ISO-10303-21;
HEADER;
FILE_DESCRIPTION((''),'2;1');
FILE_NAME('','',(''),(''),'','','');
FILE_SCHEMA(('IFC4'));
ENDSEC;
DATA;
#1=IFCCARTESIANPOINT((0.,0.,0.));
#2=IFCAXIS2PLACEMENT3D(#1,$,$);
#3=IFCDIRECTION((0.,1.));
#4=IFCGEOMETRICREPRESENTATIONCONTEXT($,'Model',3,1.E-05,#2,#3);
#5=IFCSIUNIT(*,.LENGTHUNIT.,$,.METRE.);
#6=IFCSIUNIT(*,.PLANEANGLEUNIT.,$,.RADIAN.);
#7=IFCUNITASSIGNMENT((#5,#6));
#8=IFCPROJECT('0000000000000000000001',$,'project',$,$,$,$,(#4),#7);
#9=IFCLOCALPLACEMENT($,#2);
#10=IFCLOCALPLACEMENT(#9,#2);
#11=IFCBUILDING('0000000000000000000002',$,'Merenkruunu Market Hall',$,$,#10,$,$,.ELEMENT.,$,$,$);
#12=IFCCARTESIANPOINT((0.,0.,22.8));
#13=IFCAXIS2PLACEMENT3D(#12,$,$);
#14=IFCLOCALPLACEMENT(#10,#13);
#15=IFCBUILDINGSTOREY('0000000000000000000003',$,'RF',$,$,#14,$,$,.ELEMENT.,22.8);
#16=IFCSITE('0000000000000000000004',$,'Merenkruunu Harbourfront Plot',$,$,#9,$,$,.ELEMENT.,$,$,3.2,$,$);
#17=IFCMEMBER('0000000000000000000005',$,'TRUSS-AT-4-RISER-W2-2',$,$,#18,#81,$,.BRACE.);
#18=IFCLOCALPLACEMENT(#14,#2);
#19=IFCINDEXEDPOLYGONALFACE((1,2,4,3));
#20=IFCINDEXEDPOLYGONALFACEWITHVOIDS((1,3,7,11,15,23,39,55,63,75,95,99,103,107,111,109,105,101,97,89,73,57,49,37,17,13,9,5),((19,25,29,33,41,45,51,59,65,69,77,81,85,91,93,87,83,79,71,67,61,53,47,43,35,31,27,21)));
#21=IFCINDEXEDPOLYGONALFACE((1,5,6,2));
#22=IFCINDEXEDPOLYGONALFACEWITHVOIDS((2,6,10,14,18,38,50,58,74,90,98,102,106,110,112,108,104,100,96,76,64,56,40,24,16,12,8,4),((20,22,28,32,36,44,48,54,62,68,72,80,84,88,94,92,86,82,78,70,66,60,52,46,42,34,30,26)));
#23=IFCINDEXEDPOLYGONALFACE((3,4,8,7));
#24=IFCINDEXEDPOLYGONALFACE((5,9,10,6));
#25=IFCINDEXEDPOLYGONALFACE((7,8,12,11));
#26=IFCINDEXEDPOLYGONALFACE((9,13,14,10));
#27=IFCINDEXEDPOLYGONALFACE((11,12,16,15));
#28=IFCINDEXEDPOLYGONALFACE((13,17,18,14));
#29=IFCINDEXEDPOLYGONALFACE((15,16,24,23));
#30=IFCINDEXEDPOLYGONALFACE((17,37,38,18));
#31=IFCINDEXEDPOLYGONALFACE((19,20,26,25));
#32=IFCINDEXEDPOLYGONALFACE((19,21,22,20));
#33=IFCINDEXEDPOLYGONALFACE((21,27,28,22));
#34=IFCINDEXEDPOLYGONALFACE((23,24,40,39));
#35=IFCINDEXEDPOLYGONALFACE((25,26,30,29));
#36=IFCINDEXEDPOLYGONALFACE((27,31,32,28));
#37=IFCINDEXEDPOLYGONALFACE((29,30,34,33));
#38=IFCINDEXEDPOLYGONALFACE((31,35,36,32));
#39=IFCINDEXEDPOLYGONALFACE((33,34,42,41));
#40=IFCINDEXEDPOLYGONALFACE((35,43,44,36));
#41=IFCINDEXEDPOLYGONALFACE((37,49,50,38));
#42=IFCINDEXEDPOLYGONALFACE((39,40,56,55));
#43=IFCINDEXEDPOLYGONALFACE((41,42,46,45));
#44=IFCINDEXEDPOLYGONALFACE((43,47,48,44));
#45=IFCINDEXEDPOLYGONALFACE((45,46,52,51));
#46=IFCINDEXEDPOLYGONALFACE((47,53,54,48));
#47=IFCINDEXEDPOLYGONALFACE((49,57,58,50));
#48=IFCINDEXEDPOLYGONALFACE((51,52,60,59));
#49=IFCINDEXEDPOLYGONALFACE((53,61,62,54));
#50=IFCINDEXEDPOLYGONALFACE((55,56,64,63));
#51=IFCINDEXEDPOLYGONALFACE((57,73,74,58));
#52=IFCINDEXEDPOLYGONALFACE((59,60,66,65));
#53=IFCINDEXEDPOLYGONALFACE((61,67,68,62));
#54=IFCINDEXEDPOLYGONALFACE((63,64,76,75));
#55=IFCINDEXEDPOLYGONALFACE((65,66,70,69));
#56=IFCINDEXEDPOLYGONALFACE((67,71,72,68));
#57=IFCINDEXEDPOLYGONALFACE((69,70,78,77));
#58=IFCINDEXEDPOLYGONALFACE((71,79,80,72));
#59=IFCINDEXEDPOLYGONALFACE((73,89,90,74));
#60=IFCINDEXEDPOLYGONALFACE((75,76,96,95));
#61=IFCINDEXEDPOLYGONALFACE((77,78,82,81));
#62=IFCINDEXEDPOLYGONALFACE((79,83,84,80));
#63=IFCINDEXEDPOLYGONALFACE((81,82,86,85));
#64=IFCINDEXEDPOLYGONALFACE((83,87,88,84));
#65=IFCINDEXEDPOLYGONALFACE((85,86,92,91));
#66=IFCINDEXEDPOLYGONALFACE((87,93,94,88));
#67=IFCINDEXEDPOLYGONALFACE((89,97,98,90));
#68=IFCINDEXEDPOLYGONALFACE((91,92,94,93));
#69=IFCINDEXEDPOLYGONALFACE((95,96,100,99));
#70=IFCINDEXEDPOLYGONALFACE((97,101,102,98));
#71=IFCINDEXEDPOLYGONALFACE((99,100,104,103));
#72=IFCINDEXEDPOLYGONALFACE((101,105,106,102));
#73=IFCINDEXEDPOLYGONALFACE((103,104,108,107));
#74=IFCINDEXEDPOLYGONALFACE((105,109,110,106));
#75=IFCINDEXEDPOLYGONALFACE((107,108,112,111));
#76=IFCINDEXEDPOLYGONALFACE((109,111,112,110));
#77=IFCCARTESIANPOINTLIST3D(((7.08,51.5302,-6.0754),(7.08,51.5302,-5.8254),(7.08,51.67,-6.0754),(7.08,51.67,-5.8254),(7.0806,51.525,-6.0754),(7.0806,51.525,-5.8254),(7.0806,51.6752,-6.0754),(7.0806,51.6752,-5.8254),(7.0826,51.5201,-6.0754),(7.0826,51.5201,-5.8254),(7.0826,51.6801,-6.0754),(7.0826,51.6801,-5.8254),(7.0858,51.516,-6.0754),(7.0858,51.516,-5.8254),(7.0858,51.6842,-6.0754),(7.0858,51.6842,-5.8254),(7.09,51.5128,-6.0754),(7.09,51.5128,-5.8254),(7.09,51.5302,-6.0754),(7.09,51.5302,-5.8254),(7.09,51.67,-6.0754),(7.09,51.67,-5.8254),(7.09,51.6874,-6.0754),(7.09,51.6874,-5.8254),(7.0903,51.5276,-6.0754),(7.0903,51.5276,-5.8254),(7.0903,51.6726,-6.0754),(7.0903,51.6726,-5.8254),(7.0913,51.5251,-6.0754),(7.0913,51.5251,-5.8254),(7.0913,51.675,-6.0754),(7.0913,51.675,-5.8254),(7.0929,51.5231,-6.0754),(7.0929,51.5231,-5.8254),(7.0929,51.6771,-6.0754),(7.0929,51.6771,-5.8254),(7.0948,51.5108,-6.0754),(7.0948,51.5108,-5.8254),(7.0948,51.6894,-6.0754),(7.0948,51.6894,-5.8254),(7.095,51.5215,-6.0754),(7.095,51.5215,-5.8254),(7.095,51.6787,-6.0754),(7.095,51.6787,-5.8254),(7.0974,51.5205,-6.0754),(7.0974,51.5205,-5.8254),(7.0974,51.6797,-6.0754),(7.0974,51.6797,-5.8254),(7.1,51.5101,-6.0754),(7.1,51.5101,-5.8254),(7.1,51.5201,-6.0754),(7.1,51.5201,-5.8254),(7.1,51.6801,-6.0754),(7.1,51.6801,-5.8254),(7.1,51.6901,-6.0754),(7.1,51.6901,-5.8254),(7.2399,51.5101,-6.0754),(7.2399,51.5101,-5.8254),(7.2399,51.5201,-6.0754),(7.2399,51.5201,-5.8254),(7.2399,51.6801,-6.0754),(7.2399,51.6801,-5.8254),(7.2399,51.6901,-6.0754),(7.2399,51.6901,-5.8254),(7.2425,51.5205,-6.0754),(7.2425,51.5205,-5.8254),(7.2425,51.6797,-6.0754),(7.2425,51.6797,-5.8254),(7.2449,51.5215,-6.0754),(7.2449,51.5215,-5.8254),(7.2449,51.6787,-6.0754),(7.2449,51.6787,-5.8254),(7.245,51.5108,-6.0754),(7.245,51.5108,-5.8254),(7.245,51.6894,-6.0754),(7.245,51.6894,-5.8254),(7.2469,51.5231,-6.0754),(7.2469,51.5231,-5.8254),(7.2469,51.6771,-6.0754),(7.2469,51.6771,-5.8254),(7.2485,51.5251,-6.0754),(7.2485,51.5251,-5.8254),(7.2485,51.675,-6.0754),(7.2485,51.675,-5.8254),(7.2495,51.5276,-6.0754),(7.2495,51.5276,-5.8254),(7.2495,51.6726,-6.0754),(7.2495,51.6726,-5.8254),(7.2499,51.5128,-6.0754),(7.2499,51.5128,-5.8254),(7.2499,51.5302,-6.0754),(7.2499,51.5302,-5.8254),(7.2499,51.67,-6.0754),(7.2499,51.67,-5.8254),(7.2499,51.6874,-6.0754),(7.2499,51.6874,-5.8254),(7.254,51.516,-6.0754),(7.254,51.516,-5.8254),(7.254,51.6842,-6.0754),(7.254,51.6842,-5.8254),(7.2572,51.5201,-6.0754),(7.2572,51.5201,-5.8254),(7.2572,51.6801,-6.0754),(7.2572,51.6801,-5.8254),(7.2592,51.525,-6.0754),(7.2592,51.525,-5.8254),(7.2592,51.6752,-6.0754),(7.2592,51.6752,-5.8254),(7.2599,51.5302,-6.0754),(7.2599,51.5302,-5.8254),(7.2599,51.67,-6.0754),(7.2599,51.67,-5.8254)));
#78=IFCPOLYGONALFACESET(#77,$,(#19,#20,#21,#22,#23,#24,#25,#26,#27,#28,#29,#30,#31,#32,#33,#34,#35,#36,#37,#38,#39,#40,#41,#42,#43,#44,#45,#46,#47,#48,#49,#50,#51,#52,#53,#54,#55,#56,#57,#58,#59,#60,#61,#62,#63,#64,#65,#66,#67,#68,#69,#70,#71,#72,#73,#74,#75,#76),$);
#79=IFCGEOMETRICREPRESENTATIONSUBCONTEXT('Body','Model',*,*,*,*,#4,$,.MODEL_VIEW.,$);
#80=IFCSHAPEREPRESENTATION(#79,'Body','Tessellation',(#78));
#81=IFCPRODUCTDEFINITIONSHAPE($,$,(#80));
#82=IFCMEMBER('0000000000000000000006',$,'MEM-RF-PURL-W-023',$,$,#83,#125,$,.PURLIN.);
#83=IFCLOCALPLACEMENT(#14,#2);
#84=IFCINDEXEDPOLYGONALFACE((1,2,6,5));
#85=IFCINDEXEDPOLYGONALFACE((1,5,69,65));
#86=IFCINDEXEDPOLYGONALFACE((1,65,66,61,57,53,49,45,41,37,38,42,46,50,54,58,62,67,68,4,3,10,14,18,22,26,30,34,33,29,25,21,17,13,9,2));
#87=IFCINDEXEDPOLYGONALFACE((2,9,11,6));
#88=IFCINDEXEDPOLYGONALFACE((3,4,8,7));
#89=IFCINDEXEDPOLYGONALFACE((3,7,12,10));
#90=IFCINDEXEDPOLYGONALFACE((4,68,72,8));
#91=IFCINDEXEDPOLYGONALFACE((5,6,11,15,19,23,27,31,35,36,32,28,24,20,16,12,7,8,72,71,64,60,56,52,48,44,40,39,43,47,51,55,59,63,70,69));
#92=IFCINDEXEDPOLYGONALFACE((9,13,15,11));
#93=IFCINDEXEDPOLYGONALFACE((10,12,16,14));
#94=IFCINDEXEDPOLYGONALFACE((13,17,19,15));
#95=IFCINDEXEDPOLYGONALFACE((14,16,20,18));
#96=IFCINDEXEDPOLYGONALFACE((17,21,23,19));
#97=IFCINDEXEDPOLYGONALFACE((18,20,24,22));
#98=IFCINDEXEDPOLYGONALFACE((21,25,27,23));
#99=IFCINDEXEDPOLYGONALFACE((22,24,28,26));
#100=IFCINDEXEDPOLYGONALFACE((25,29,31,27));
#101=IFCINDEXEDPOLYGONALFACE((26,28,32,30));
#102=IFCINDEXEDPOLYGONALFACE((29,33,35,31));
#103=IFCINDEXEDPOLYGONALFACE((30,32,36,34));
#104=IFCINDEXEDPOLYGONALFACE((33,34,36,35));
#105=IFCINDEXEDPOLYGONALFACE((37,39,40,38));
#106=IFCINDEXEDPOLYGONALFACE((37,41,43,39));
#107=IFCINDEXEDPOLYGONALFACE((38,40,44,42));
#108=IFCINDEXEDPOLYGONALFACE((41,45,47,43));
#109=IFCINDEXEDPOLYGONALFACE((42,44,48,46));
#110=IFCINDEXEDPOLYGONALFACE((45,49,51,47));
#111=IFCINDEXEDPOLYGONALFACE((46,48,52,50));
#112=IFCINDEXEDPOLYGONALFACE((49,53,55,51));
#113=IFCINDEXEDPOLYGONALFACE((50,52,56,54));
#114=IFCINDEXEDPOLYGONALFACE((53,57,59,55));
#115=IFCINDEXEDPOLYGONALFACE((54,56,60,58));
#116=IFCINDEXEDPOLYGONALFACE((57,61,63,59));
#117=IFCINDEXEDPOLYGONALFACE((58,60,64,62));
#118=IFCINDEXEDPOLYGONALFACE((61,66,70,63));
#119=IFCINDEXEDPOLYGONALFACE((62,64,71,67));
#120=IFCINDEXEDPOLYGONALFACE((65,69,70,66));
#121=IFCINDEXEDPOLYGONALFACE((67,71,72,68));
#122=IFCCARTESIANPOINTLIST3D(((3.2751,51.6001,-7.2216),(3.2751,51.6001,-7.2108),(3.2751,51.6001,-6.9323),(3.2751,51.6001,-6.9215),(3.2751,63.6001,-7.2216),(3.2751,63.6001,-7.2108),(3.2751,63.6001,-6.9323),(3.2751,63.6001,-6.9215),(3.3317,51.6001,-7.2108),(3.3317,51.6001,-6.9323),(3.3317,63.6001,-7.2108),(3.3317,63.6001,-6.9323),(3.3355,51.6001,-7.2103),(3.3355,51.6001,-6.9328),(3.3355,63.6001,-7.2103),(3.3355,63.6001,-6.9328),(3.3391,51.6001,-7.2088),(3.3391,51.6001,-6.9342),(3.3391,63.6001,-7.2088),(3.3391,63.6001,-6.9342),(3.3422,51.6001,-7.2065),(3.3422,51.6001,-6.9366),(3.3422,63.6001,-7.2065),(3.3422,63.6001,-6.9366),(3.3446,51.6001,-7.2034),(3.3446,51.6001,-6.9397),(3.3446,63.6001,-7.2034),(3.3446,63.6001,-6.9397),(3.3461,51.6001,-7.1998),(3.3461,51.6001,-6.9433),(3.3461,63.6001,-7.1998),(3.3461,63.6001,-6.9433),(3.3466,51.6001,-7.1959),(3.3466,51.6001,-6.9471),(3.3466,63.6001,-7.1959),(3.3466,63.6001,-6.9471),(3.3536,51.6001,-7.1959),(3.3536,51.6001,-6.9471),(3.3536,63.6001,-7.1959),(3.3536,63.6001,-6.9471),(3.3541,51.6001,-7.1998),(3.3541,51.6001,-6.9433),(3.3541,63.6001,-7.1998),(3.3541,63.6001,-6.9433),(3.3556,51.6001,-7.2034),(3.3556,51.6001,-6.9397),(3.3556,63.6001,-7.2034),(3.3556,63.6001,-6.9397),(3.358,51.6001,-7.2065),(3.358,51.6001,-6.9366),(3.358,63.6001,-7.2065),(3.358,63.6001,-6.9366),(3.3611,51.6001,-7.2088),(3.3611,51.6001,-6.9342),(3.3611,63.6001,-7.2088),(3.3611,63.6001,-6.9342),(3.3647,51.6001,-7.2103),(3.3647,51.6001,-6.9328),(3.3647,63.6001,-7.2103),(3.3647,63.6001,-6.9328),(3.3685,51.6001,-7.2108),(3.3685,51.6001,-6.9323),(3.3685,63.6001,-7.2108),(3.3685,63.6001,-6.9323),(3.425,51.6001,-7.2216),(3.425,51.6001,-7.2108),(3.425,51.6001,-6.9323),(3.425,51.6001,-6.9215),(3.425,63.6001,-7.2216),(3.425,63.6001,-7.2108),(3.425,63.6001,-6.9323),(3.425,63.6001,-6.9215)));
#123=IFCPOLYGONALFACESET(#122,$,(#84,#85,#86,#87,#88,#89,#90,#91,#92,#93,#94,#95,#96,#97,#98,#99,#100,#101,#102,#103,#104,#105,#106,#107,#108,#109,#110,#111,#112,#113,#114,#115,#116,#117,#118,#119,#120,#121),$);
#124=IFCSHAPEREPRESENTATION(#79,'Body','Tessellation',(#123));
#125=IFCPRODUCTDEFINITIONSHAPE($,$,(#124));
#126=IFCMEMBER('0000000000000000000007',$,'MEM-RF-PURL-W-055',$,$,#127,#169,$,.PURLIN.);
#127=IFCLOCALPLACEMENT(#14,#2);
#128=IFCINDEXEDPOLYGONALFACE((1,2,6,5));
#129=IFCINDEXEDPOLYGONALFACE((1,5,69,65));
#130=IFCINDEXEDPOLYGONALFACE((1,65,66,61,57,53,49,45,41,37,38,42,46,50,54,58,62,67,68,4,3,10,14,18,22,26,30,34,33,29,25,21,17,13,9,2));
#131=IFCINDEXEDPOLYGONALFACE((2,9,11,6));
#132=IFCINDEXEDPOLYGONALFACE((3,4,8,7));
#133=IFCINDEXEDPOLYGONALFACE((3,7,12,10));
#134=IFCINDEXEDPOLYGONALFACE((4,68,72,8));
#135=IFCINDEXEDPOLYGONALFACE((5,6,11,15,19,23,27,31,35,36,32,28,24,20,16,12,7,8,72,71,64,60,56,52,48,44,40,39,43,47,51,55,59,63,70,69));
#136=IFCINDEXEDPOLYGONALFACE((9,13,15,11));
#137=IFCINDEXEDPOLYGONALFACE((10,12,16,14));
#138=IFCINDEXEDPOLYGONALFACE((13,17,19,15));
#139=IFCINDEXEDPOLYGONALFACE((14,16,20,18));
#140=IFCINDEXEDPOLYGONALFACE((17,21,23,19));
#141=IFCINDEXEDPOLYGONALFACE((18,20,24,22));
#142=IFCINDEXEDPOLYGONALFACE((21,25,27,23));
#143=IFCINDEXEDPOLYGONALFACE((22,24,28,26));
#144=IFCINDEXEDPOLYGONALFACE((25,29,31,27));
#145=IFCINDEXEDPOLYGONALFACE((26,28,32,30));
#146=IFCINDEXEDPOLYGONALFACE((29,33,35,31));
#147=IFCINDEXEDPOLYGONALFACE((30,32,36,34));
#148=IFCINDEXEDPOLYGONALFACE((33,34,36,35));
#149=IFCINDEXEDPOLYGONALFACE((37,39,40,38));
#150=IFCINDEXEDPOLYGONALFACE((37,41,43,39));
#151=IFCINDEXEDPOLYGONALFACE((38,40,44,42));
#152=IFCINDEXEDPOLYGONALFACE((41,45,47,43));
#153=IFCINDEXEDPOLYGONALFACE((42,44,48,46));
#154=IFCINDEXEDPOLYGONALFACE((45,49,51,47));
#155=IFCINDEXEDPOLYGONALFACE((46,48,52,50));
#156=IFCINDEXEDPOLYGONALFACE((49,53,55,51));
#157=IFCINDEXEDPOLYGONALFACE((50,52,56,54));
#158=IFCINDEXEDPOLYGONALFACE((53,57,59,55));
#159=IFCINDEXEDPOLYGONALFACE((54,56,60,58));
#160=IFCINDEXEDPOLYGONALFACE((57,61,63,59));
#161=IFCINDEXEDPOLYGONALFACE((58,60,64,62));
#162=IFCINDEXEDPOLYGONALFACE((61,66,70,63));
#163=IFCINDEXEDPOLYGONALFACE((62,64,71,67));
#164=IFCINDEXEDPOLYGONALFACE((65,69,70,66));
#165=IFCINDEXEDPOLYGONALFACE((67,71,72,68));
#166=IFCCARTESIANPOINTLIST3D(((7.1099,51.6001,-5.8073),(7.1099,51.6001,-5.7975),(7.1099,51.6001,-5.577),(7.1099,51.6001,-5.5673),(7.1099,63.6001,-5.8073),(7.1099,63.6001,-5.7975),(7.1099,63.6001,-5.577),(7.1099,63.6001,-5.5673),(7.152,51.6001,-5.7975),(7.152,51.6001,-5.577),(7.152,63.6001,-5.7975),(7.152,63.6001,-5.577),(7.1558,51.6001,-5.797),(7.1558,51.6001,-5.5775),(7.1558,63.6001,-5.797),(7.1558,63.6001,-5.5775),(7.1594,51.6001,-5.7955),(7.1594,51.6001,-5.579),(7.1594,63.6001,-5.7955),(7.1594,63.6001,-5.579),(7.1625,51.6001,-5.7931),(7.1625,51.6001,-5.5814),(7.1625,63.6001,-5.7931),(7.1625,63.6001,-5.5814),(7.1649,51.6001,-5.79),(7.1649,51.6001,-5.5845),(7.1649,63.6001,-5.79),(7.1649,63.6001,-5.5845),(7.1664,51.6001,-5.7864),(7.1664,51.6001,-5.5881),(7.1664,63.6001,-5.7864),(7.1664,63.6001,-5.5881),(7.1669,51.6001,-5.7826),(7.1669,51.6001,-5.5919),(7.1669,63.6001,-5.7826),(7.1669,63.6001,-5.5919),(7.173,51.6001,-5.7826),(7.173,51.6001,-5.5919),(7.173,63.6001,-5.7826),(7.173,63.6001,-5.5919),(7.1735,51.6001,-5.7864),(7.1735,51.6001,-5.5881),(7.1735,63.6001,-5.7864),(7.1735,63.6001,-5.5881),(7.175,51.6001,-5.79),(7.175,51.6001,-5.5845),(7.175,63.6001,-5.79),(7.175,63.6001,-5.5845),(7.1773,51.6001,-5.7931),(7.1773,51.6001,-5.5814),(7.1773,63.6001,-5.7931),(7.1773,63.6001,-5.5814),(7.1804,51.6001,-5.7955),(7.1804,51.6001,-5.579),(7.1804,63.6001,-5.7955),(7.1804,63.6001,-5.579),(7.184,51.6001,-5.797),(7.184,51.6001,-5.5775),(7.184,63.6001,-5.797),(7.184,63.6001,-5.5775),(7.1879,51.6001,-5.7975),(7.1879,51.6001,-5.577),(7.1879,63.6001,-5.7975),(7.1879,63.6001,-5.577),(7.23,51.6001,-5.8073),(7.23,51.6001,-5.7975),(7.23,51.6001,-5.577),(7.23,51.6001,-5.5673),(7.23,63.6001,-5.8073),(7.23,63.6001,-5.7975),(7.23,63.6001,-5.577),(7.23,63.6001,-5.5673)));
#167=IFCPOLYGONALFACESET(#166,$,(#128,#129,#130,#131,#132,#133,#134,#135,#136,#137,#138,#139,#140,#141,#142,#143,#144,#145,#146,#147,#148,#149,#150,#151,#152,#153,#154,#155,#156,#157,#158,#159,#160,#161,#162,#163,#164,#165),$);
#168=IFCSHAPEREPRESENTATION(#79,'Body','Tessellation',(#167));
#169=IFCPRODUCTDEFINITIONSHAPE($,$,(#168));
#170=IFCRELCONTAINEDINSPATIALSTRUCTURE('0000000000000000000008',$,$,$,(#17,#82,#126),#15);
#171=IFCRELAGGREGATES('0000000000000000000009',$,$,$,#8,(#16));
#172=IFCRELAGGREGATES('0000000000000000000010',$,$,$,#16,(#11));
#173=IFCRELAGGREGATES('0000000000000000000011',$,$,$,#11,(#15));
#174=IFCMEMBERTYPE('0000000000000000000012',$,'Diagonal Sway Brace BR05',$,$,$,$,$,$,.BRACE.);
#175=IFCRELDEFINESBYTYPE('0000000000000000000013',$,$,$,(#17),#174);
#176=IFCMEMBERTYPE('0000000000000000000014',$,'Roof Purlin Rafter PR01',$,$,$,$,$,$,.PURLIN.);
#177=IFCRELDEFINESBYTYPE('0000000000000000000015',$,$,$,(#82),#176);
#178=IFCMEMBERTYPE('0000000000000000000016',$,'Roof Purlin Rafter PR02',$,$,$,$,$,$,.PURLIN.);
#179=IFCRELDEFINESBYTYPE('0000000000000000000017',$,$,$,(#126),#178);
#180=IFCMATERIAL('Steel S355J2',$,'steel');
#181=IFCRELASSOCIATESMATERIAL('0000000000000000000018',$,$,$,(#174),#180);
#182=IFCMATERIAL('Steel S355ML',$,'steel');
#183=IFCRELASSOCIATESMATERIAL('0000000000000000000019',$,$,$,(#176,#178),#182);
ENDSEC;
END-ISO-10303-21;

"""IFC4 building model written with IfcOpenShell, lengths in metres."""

from ifc_helpers import new_model, si_unit, direction, frame, origin, origin_2d, place, context, subcontext, project, spatial, hollow_rectangle, i_section, extrude, material, material_profile, profile_set, type_object, element, save


model = new_model("IFC4")

# Units and contexts
model_context = context("Model", 3, precision=1e-05, world=origin(), true_north=direction((0.0, 1.0)))
body_context = subcontext(model_context, "Body", "Model", "MODEL_VIEW")
ifc_project = project(units=[si_unit("LENGTHUNIT", "METRE"), si_unit("PLANEANGLEUNIT", "RADIAN")], contexts=[model_context])

# Site, building, storey
site_placement = place(None, origin())
site = spatial("IfcSite", under=ifc_project, at=site_placement, Name="Merenkruunu Harbourfront Plot", CompositionType="ELEMENT", RefElevation=3.2)
building_placement = place(site_placement, origin())
building = spatial("IfcBuilding", under=site, at=building_placement, Name="Merenkruunu Market Hall", CompositionType="ELEMENT")
storey_placement = place(building_placement, frame((0.0, 0.0, 22.8)))
storey = spatial("IfcBuildingStorey", under=building, at=storey_placement, Name="RF", CompositionType="ELEMENT", Elevation=22.8)

# Shared definitions
ifc_material_1 = material(Name="Steel S355ML", Category="steel")

# Members
ifc_material_2 = material(Name="Steel S355J2", Category="steel")
ifc_material_profile_1 = material_profile(ifc_material_2, hollow_rectangle(XDim=0.1799, YDim=0.1799, WallThickness=0.01, InnerFilletRadius=0.01, OuterFilletRadius=0.02, at=origin_2d()), Name="SHS 180x180x10")
ifc_profile_set_1 = profile_set([ifc_material_profile_1], Name="Steel S355J2")
member_type_1 = type_object("IfcMemberType", Name="Diagonal Sway Brace BR05", PredefinedType="BRACE", material=ifc_profile_set_1)
member_1_placement = place(storey_placement, frame((7.1699, 51.6001, -6.0754), z_axis=(0.0, 0.0, 1.0), x_axis=(1.0, 0.0, 0.0)))
element("IfcMember", 1, at=member_1_placement, inside=storey, type_object=member_type_1, Name="TRUSS-AT-4-RISER-W2-2", PredefinedType="BRACE", context=body_context, shape_type="SweptSolid", body=[
    extrude(hollow_rectangle(XDim=0.1799, YDim=0.1799, WallThickness=0.01, InnerFilletRadius=0.01, OuterFilletRadius=0.02, at=origin_2d()), origin(), (0.0, 0.0, 1.0), 0.25),
])
ifc_material_profile_2 = material_profile(ifc_material_1, i_section(OverallWidth=0.1499, OverallDepth=0.3, WebThickness=0.0071, FlangeThickness=0.0107, FilletRadius=0.0149, at=origin_2d()), Name="IPE 300")
ifc_profile_set_2 = profile_set([ifc_material_profile_2], Name="Steel S355ML")
member_type_2 = type_object("IfcMemberType", Name="Roof Purlin Rafter PR01", PredefinedType="PURLIN", material=ifc_profile_set_2)
member_2_placement = place(storey_placement, frame((3.3501, 51.6001, -7.0715), z_axis=(0.0, 1.0, 0.0), x_axis=(-1.0, 0.0, 0.0)))
element("IfcMember", 2, at=member_2_placement, inside=storey, type_object=member_type_2, Name="MEM-RF-PURL-W-023", PredefinedType="PURLIN", context=body_context, shape_type="SweptSolid", body=[
    extrude(i_section(OverallWidth=0.1499, OverallDepth=0.3, WebThickness=0.0071, FlangeThickness=0.0107, FilletRadius=0.0149, at=origin_2d()), origin(), (0.0, 0.0, 1.0), 12.0),
])
ifc_material_profile_3 = material_profile(ifc_material_1, i_section(OverallWidth=0.1201, OverallDepth=0.24, WebThickness=0.0061, FlangeThickness=0.0098, FilletRadius=0.0149, at=origin_2d()), Name="IPE 240")
ifc_profile_set_3 = profile_set([ifc_material_profile_3], Name="Steel S355ML")
member_type_3 = type_object("IfcMemberType", Name="Roof Purlin Rafter PR02", PredefinedType="PURLIN", material=ifc_profile_set_3)
member_3_placement = place(storey_placement, frame((7.1699, 51.6001, -5.6873), z_axis=(0.0, 1.0, 0.0), x_axis=(-1.0, 0.0, 0.0)))
element("IfcMember", 3, at=member_3_placement, inside=storey, type_object=member_type_3, Name="MEM-RF-PURL-W-055", PredefinedType="PURLIN", context=body_context, shape_type="SweptSolid", body=[
    extrude(i_section(OverallWidth=0.1201, OverallDepth=0.24, WebThickness=0.0061, FlangeThickness=0.0098, FilletRadius=0.0149, at=origin_2d()), origin(), (0.0, 0.0, 1.0), 12.0),
])

save(model, "model.ifc")
